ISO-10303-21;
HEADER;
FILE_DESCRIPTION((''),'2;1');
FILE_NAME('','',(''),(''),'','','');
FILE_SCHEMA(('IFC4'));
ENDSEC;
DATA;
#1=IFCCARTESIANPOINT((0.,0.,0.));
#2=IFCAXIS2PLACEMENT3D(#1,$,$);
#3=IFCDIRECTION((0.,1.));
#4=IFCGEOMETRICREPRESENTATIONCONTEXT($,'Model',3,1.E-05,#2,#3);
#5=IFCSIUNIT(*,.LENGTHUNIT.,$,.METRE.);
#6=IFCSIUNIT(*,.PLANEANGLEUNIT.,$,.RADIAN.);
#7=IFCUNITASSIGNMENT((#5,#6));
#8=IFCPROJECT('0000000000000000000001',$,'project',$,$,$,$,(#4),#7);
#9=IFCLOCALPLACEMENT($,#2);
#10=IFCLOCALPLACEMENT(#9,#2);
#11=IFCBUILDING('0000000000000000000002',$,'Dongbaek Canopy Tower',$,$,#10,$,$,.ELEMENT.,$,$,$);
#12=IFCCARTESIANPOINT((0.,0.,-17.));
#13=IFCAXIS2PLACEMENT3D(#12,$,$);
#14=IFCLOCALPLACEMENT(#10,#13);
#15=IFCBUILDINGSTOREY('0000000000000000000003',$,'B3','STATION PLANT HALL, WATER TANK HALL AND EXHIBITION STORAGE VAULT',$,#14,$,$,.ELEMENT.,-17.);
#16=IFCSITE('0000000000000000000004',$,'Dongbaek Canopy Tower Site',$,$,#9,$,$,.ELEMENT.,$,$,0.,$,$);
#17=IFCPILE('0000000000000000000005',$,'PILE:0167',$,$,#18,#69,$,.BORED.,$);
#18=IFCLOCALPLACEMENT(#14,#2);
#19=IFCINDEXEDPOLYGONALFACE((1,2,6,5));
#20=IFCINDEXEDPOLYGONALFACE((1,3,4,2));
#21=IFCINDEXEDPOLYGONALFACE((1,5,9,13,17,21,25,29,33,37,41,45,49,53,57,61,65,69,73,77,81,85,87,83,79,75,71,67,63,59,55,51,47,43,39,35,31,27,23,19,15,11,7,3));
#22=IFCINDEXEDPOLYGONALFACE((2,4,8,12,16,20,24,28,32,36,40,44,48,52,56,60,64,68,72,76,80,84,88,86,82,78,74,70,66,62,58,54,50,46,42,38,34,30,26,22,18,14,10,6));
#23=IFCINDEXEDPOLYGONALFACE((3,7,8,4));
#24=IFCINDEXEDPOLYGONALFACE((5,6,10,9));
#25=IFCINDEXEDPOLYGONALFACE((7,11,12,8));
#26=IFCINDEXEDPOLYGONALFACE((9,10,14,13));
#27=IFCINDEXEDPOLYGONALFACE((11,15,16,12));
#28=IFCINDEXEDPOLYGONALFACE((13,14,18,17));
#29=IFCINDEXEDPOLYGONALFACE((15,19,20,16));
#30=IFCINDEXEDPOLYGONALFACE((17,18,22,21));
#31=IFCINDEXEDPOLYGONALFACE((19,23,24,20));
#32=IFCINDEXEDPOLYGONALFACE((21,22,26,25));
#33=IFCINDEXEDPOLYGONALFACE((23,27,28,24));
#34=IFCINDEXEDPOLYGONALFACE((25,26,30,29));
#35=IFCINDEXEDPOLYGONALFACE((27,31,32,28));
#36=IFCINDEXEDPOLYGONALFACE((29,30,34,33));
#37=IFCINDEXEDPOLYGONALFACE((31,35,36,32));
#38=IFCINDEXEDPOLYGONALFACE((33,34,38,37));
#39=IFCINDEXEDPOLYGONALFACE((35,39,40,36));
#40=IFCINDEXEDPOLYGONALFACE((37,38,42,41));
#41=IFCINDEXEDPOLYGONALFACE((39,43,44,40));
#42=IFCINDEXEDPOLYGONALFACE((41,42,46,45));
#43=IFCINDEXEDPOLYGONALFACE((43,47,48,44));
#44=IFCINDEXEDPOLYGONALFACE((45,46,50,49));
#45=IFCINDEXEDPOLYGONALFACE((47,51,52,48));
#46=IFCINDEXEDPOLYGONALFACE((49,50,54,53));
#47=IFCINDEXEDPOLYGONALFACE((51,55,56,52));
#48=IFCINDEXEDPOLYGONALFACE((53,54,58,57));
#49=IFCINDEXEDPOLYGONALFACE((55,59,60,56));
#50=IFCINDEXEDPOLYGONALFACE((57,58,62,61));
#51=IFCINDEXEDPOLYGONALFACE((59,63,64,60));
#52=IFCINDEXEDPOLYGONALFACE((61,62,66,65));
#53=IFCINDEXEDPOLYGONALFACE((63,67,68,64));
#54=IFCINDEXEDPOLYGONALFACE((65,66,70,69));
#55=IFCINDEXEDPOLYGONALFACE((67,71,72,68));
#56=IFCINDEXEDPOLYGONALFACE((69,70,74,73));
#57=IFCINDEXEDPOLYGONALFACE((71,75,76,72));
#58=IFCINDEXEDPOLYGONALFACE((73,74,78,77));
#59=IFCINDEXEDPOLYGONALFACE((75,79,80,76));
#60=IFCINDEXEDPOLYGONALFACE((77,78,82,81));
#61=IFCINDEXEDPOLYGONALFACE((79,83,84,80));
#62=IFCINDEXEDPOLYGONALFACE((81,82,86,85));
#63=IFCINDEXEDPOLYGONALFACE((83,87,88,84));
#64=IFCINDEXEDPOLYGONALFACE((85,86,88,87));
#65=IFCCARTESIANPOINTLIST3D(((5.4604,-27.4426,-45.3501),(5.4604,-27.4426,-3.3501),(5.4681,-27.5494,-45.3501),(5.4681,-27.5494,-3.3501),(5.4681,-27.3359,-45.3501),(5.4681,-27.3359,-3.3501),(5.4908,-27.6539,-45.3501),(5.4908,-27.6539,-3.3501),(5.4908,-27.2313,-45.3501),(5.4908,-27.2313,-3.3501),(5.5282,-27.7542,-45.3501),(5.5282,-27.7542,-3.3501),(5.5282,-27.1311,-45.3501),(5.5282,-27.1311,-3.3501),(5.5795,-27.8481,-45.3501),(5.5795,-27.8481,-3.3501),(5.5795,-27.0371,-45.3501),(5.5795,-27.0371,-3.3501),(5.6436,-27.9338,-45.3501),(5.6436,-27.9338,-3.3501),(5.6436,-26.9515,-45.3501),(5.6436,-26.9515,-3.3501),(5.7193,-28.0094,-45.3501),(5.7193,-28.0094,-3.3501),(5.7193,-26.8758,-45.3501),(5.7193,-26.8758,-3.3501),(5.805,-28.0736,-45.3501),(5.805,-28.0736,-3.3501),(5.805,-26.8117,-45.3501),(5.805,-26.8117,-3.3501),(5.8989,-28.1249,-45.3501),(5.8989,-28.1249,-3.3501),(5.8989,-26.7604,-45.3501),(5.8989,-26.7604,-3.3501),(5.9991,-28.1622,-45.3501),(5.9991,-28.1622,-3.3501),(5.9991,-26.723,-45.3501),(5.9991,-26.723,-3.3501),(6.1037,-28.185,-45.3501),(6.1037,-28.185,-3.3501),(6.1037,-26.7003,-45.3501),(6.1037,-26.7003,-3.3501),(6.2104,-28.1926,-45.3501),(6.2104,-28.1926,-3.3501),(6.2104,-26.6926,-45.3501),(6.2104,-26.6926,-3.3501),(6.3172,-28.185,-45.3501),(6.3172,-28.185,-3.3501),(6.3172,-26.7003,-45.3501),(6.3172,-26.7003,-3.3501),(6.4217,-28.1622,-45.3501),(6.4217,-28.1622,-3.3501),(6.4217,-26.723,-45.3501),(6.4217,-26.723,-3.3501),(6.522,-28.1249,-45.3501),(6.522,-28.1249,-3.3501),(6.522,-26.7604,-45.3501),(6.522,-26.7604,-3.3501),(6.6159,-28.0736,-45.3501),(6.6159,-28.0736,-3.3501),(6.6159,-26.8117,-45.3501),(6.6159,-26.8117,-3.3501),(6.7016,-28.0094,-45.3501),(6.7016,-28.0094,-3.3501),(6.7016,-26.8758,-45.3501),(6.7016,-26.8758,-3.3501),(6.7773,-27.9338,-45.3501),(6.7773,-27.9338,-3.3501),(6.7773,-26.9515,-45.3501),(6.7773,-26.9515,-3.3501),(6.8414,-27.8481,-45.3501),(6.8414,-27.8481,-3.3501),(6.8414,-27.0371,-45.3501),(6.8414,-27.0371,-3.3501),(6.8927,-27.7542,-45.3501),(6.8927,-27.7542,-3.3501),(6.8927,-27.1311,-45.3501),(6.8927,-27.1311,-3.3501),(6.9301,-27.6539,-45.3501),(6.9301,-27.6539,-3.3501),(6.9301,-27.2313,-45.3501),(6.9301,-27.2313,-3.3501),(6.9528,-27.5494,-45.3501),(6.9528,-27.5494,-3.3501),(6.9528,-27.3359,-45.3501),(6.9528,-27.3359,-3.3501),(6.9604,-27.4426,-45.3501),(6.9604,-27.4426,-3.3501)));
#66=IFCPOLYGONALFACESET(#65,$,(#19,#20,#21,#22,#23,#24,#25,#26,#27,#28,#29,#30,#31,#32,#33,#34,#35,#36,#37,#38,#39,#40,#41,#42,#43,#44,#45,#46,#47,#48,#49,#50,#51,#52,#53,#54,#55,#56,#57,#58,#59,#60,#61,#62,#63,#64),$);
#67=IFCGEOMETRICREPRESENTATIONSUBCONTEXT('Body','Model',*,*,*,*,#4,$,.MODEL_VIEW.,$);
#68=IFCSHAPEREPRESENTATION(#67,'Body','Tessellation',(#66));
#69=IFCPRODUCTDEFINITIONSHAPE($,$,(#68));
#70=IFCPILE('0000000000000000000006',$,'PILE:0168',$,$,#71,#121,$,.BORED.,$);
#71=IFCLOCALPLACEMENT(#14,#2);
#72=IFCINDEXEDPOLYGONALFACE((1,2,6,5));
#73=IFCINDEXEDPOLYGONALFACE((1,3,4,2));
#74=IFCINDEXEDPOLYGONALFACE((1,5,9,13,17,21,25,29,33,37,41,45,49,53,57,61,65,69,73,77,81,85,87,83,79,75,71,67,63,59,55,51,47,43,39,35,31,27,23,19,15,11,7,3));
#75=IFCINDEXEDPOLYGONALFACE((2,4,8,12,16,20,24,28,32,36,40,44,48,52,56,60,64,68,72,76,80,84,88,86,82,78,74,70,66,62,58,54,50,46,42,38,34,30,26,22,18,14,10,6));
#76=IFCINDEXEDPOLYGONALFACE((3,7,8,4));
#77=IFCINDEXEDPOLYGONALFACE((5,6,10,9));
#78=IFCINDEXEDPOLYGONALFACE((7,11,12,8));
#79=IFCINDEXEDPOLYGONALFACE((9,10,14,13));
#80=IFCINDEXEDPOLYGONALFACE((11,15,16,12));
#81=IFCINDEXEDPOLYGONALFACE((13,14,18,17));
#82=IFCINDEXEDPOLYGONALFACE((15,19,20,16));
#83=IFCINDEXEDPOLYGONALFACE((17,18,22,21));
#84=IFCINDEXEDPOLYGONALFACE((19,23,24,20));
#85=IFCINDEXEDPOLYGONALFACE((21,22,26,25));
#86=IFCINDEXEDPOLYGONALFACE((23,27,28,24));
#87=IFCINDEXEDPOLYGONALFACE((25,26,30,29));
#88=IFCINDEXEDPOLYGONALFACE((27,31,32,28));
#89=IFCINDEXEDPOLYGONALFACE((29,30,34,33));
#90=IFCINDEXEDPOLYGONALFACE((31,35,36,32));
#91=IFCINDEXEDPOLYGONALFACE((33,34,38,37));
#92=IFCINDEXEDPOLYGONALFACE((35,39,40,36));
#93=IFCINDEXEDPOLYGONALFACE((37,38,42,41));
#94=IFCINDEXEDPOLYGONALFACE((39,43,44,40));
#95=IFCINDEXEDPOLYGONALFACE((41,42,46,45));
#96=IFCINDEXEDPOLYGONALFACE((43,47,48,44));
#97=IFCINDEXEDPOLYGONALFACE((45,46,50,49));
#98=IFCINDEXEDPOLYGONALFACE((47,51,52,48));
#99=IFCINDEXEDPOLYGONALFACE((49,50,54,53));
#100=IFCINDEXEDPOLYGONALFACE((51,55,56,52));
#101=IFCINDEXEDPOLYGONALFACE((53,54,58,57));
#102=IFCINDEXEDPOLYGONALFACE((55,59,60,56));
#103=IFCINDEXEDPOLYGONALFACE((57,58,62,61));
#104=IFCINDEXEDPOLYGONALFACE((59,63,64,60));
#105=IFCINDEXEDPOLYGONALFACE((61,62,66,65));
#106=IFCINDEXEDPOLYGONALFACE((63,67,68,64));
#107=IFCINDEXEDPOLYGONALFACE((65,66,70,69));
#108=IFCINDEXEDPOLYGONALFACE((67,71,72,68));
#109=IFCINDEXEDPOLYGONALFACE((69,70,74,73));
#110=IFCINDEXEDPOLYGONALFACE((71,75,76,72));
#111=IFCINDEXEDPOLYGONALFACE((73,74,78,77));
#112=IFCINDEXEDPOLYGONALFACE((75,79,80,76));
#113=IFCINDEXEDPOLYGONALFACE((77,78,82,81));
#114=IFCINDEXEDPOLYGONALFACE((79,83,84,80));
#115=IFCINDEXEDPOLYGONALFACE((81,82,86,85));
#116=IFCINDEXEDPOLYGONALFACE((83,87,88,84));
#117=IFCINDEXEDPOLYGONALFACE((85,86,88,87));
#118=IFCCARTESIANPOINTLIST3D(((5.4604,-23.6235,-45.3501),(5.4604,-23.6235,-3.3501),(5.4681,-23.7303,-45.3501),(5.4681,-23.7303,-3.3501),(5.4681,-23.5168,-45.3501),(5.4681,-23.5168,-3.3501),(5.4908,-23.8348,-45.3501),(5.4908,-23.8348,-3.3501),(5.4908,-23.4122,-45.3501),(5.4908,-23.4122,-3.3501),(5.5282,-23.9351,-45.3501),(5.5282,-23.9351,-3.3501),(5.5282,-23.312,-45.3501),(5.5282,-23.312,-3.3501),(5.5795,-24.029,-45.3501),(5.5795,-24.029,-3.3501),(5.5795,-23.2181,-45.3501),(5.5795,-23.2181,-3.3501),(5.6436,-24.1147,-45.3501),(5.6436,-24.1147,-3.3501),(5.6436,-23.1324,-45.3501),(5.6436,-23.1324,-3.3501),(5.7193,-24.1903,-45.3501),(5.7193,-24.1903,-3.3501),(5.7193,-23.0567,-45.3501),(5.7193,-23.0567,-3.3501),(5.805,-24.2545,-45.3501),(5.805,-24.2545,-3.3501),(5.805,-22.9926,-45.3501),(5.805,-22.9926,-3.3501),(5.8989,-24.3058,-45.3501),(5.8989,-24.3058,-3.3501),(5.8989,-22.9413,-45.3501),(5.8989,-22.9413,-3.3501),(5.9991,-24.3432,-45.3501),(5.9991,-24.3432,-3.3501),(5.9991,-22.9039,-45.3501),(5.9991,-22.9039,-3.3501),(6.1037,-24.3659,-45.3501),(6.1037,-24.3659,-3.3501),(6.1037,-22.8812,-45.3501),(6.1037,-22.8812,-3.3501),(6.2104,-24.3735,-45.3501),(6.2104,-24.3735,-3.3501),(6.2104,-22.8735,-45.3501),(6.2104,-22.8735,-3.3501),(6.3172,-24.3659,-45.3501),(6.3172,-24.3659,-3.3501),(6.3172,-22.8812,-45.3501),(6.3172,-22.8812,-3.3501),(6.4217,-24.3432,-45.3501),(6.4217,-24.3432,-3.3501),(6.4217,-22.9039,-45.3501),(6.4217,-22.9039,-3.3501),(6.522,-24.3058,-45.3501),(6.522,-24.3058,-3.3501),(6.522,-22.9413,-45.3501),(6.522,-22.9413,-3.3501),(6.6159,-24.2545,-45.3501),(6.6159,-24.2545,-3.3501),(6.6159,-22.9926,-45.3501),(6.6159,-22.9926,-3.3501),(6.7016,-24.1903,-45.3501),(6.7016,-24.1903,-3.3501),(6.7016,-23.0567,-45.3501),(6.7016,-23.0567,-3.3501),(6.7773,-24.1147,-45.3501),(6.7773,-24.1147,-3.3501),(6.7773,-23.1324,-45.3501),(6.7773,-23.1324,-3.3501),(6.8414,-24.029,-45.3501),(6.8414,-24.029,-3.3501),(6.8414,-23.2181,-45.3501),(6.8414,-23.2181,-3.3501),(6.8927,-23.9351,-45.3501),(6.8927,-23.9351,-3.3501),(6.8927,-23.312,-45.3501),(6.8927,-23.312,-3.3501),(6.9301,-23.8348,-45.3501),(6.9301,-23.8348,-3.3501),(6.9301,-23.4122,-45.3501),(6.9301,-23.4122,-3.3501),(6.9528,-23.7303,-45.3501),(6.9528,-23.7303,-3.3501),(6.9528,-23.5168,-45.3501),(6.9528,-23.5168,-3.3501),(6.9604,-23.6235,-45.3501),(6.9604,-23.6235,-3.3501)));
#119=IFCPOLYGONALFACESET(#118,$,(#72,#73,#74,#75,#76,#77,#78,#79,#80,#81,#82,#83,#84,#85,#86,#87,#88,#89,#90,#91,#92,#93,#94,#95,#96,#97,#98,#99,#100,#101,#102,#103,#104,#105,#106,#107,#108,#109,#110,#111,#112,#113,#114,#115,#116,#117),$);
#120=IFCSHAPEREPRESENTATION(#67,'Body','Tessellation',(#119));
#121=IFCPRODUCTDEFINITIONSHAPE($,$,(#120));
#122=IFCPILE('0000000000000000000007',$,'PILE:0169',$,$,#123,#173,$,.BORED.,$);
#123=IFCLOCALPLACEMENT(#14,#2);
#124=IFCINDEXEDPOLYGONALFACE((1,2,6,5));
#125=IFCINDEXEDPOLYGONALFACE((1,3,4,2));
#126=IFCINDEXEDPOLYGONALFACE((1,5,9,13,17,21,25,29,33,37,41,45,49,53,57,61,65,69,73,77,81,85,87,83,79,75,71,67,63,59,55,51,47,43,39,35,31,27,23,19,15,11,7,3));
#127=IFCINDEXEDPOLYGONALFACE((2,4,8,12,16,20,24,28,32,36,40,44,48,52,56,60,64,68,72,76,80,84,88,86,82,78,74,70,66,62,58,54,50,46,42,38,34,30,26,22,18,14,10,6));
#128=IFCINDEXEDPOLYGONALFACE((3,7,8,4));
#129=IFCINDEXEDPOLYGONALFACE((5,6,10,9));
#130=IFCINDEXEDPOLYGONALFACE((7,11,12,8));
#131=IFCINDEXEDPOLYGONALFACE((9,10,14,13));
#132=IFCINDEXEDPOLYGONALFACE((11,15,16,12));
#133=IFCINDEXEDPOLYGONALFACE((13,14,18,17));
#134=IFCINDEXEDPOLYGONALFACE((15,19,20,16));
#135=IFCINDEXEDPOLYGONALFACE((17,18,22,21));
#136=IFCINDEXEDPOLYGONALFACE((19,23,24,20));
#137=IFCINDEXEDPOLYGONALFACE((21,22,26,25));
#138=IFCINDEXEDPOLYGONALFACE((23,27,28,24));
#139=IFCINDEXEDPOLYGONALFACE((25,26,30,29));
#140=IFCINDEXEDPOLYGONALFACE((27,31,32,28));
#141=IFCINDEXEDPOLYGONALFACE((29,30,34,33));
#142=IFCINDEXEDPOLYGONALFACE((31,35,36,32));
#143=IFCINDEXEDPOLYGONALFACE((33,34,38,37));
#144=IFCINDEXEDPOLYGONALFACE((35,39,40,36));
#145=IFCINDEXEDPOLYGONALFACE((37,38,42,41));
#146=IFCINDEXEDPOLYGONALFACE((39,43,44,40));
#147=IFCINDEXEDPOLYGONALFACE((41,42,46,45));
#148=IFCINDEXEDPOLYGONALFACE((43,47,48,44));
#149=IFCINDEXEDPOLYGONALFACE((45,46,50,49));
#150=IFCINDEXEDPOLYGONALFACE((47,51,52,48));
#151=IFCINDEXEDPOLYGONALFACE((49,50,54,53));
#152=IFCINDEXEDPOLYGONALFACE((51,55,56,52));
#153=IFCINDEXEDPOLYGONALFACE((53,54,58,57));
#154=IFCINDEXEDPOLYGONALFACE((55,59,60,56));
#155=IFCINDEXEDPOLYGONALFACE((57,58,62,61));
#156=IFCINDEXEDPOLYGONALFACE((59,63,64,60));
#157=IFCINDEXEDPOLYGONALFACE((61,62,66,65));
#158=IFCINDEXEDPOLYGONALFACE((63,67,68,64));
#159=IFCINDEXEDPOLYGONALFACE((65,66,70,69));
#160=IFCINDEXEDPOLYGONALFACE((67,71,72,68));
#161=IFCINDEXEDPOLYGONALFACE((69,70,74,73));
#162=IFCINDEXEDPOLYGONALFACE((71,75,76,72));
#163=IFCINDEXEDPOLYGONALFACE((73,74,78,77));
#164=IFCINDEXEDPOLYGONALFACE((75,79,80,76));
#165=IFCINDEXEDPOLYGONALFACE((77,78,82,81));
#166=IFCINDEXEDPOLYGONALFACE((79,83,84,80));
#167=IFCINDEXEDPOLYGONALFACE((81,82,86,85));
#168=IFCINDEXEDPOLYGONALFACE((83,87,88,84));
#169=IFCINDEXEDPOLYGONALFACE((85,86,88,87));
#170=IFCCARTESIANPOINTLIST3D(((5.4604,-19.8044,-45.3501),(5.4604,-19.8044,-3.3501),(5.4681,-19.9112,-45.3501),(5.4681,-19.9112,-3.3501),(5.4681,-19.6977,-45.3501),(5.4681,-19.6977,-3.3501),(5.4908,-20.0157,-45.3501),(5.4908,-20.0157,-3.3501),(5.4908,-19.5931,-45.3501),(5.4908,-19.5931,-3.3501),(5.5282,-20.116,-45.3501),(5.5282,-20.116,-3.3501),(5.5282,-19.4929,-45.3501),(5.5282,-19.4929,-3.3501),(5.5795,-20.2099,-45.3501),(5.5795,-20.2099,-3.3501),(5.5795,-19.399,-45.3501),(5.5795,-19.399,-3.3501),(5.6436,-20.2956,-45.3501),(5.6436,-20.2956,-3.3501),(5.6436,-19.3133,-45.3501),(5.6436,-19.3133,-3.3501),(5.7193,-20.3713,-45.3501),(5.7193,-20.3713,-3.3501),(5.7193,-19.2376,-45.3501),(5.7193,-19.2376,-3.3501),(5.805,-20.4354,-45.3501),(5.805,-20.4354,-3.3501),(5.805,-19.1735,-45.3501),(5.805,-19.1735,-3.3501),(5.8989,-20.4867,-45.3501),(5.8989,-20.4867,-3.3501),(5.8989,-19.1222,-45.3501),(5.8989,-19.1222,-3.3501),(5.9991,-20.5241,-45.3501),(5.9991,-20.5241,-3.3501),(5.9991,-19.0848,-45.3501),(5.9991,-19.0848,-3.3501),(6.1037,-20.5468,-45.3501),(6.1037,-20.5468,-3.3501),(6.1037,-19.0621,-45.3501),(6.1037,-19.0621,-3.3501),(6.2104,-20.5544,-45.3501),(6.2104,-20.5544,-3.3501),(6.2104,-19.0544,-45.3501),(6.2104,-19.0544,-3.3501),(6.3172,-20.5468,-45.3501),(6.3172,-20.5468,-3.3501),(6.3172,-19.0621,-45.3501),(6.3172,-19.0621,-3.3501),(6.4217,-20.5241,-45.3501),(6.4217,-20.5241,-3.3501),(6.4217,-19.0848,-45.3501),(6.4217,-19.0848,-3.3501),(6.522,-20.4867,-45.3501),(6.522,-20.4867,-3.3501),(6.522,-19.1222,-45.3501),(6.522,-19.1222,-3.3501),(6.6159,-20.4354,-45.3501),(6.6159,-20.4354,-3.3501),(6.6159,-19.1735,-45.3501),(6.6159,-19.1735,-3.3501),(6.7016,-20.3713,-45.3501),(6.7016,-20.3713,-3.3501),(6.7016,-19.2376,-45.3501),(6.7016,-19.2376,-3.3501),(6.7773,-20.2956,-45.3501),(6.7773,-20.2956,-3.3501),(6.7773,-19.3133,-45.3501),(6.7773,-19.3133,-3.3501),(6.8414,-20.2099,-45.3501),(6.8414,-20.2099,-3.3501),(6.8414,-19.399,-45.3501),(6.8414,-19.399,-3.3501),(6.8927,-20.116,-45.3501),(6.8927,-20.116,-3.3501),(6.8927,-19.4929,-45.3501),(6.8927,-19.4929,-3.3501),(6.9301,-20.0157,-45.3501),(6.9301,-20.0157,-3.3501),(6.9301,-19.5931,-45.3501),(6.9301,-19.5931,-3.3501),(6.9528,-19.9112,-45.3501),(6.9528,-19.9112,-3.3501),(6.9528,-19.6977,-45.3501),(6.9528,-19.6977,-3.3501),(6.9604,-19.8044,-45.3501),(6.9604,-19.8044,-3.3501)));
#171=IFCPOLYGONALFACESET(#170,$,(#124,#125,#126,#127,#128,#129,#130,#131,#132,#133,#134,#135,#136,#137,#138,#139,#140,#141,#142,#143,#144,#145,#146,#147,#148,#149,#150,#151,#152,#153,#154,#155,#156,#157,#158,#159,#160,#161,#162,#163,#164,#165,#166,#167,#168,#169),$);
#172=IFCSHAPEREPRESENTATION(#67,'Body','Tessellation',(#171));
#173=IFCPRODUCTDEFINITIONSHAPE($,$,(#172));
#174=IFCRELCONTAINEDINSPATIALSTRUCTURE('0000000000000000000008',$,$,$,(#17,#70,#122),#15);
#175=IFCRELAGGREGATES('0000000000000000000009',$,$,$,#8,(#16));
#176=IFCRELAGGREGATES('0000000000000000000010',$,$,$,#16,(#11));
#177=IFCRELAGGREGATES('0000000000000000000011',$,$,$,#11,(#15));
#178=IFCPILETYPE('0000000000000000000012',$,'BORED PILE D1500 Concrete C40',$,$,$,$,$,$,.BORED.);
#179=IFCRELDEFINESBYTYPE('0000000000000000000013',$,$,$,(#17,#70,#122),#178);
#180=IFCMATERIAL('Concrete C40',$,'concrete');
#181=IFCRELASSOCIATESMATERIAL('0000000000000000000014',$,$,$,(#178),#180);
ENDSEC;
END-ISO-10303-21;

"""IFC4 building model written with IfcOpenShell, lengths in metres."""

from ifc_helpers import new_model, si_unit, direction, frame, origin, origin_2d, place, context, subcontext, project, spatial, circle, extrude, material, material_profile, profile_set, type_object, element, save


model = new_model("IFC4")

# Units and contexts
model_context = context("Model", 3, precision=1e-05, world=origin(), true_north=direction((0.0, 1.0)))
body_context = subcontext(model_context, "Body", "Model", "MODEL_VIEW")
ifc_project = project(units=[si_unit("LENGTHUNIT", "METRE"), si_unit("PLANEANGLEUNIT", "RADIAN")], contexts=[model_context])

# Site, building, storey
site_placement = place(None, origin())
site = spatial("IfcSite", under=ifc_project, at=site_placement, Name="Dongbaek Canopy Tower Site", CompositionType="ELEMENT", RefElevation=0.0)
building_placement = place(site_placement, origin())
building = spatial("IfcBuilding", under=site, at=building_placement, Name="Dongbaek Canopy Tower", CompositionType="ELEMENT")
storey_placement = place(building_placement, frame((0.0, 0.0, -17.0)))
storey = spatial("IfcBuildingStorey", under=building, at=storey_placement, Name="B3", Description="STATION PLANT HALL, WATER TANK HALL AND EXHIBITION STORAGE VAULT", CompositionType="ELEMENT", Elevation=-17.0)

# Piles
ifc_material_1 = material(Name="Concrete C40", Category="concrete")
ifc_material_profile_1 = material_profile(ifc_material_1, circle(Radius=0.75, at=origin_2d()), Name="BORED PILE D1500 Concrete C40")
ifc_profile_set_1 = profile_set([ifc_material_profile_1], Name="Concrete C40")
pile_type = type_object("IfcPileType", Name="BORED PILE D1500 Concrete C40", PredefinedType="BORED", material=ifc_profile_set_1)
for number, where, z_axis, x_axis, name in (
    (1, (6.2104, -27.4426, -3.3501), (0.0, 0.0, -1.0), (1.0, 0.0, 0.0), "PILE:0167"),
    (2, (6.2104, -23.6235, -3.3501), (0.0, 0.0, -1.0), (1.0, 0.0, 0.0), "PILE:0168"),
    (3, (6.2104, -19.8044, -3.3501), (0.0, 0.0, -1.0), (1.0, 0.0, 0.0), "PILE:0169"),
):
    element("IfcPile", number, at=place(storey_placement, frame(where, z_axis=z_axis, x_axis=x_axis)), inside=storey, type_object=pile_type, Name=name, PredefinedType="BORED", context=body_context, shape_type="SweptSolid", body=[
        extrude(circle(Radius=0.75, at=origin_2d()), origin(), (0.0, 0.0, 1.0), 42.0),
    ])

save(model, "model.ifc")
